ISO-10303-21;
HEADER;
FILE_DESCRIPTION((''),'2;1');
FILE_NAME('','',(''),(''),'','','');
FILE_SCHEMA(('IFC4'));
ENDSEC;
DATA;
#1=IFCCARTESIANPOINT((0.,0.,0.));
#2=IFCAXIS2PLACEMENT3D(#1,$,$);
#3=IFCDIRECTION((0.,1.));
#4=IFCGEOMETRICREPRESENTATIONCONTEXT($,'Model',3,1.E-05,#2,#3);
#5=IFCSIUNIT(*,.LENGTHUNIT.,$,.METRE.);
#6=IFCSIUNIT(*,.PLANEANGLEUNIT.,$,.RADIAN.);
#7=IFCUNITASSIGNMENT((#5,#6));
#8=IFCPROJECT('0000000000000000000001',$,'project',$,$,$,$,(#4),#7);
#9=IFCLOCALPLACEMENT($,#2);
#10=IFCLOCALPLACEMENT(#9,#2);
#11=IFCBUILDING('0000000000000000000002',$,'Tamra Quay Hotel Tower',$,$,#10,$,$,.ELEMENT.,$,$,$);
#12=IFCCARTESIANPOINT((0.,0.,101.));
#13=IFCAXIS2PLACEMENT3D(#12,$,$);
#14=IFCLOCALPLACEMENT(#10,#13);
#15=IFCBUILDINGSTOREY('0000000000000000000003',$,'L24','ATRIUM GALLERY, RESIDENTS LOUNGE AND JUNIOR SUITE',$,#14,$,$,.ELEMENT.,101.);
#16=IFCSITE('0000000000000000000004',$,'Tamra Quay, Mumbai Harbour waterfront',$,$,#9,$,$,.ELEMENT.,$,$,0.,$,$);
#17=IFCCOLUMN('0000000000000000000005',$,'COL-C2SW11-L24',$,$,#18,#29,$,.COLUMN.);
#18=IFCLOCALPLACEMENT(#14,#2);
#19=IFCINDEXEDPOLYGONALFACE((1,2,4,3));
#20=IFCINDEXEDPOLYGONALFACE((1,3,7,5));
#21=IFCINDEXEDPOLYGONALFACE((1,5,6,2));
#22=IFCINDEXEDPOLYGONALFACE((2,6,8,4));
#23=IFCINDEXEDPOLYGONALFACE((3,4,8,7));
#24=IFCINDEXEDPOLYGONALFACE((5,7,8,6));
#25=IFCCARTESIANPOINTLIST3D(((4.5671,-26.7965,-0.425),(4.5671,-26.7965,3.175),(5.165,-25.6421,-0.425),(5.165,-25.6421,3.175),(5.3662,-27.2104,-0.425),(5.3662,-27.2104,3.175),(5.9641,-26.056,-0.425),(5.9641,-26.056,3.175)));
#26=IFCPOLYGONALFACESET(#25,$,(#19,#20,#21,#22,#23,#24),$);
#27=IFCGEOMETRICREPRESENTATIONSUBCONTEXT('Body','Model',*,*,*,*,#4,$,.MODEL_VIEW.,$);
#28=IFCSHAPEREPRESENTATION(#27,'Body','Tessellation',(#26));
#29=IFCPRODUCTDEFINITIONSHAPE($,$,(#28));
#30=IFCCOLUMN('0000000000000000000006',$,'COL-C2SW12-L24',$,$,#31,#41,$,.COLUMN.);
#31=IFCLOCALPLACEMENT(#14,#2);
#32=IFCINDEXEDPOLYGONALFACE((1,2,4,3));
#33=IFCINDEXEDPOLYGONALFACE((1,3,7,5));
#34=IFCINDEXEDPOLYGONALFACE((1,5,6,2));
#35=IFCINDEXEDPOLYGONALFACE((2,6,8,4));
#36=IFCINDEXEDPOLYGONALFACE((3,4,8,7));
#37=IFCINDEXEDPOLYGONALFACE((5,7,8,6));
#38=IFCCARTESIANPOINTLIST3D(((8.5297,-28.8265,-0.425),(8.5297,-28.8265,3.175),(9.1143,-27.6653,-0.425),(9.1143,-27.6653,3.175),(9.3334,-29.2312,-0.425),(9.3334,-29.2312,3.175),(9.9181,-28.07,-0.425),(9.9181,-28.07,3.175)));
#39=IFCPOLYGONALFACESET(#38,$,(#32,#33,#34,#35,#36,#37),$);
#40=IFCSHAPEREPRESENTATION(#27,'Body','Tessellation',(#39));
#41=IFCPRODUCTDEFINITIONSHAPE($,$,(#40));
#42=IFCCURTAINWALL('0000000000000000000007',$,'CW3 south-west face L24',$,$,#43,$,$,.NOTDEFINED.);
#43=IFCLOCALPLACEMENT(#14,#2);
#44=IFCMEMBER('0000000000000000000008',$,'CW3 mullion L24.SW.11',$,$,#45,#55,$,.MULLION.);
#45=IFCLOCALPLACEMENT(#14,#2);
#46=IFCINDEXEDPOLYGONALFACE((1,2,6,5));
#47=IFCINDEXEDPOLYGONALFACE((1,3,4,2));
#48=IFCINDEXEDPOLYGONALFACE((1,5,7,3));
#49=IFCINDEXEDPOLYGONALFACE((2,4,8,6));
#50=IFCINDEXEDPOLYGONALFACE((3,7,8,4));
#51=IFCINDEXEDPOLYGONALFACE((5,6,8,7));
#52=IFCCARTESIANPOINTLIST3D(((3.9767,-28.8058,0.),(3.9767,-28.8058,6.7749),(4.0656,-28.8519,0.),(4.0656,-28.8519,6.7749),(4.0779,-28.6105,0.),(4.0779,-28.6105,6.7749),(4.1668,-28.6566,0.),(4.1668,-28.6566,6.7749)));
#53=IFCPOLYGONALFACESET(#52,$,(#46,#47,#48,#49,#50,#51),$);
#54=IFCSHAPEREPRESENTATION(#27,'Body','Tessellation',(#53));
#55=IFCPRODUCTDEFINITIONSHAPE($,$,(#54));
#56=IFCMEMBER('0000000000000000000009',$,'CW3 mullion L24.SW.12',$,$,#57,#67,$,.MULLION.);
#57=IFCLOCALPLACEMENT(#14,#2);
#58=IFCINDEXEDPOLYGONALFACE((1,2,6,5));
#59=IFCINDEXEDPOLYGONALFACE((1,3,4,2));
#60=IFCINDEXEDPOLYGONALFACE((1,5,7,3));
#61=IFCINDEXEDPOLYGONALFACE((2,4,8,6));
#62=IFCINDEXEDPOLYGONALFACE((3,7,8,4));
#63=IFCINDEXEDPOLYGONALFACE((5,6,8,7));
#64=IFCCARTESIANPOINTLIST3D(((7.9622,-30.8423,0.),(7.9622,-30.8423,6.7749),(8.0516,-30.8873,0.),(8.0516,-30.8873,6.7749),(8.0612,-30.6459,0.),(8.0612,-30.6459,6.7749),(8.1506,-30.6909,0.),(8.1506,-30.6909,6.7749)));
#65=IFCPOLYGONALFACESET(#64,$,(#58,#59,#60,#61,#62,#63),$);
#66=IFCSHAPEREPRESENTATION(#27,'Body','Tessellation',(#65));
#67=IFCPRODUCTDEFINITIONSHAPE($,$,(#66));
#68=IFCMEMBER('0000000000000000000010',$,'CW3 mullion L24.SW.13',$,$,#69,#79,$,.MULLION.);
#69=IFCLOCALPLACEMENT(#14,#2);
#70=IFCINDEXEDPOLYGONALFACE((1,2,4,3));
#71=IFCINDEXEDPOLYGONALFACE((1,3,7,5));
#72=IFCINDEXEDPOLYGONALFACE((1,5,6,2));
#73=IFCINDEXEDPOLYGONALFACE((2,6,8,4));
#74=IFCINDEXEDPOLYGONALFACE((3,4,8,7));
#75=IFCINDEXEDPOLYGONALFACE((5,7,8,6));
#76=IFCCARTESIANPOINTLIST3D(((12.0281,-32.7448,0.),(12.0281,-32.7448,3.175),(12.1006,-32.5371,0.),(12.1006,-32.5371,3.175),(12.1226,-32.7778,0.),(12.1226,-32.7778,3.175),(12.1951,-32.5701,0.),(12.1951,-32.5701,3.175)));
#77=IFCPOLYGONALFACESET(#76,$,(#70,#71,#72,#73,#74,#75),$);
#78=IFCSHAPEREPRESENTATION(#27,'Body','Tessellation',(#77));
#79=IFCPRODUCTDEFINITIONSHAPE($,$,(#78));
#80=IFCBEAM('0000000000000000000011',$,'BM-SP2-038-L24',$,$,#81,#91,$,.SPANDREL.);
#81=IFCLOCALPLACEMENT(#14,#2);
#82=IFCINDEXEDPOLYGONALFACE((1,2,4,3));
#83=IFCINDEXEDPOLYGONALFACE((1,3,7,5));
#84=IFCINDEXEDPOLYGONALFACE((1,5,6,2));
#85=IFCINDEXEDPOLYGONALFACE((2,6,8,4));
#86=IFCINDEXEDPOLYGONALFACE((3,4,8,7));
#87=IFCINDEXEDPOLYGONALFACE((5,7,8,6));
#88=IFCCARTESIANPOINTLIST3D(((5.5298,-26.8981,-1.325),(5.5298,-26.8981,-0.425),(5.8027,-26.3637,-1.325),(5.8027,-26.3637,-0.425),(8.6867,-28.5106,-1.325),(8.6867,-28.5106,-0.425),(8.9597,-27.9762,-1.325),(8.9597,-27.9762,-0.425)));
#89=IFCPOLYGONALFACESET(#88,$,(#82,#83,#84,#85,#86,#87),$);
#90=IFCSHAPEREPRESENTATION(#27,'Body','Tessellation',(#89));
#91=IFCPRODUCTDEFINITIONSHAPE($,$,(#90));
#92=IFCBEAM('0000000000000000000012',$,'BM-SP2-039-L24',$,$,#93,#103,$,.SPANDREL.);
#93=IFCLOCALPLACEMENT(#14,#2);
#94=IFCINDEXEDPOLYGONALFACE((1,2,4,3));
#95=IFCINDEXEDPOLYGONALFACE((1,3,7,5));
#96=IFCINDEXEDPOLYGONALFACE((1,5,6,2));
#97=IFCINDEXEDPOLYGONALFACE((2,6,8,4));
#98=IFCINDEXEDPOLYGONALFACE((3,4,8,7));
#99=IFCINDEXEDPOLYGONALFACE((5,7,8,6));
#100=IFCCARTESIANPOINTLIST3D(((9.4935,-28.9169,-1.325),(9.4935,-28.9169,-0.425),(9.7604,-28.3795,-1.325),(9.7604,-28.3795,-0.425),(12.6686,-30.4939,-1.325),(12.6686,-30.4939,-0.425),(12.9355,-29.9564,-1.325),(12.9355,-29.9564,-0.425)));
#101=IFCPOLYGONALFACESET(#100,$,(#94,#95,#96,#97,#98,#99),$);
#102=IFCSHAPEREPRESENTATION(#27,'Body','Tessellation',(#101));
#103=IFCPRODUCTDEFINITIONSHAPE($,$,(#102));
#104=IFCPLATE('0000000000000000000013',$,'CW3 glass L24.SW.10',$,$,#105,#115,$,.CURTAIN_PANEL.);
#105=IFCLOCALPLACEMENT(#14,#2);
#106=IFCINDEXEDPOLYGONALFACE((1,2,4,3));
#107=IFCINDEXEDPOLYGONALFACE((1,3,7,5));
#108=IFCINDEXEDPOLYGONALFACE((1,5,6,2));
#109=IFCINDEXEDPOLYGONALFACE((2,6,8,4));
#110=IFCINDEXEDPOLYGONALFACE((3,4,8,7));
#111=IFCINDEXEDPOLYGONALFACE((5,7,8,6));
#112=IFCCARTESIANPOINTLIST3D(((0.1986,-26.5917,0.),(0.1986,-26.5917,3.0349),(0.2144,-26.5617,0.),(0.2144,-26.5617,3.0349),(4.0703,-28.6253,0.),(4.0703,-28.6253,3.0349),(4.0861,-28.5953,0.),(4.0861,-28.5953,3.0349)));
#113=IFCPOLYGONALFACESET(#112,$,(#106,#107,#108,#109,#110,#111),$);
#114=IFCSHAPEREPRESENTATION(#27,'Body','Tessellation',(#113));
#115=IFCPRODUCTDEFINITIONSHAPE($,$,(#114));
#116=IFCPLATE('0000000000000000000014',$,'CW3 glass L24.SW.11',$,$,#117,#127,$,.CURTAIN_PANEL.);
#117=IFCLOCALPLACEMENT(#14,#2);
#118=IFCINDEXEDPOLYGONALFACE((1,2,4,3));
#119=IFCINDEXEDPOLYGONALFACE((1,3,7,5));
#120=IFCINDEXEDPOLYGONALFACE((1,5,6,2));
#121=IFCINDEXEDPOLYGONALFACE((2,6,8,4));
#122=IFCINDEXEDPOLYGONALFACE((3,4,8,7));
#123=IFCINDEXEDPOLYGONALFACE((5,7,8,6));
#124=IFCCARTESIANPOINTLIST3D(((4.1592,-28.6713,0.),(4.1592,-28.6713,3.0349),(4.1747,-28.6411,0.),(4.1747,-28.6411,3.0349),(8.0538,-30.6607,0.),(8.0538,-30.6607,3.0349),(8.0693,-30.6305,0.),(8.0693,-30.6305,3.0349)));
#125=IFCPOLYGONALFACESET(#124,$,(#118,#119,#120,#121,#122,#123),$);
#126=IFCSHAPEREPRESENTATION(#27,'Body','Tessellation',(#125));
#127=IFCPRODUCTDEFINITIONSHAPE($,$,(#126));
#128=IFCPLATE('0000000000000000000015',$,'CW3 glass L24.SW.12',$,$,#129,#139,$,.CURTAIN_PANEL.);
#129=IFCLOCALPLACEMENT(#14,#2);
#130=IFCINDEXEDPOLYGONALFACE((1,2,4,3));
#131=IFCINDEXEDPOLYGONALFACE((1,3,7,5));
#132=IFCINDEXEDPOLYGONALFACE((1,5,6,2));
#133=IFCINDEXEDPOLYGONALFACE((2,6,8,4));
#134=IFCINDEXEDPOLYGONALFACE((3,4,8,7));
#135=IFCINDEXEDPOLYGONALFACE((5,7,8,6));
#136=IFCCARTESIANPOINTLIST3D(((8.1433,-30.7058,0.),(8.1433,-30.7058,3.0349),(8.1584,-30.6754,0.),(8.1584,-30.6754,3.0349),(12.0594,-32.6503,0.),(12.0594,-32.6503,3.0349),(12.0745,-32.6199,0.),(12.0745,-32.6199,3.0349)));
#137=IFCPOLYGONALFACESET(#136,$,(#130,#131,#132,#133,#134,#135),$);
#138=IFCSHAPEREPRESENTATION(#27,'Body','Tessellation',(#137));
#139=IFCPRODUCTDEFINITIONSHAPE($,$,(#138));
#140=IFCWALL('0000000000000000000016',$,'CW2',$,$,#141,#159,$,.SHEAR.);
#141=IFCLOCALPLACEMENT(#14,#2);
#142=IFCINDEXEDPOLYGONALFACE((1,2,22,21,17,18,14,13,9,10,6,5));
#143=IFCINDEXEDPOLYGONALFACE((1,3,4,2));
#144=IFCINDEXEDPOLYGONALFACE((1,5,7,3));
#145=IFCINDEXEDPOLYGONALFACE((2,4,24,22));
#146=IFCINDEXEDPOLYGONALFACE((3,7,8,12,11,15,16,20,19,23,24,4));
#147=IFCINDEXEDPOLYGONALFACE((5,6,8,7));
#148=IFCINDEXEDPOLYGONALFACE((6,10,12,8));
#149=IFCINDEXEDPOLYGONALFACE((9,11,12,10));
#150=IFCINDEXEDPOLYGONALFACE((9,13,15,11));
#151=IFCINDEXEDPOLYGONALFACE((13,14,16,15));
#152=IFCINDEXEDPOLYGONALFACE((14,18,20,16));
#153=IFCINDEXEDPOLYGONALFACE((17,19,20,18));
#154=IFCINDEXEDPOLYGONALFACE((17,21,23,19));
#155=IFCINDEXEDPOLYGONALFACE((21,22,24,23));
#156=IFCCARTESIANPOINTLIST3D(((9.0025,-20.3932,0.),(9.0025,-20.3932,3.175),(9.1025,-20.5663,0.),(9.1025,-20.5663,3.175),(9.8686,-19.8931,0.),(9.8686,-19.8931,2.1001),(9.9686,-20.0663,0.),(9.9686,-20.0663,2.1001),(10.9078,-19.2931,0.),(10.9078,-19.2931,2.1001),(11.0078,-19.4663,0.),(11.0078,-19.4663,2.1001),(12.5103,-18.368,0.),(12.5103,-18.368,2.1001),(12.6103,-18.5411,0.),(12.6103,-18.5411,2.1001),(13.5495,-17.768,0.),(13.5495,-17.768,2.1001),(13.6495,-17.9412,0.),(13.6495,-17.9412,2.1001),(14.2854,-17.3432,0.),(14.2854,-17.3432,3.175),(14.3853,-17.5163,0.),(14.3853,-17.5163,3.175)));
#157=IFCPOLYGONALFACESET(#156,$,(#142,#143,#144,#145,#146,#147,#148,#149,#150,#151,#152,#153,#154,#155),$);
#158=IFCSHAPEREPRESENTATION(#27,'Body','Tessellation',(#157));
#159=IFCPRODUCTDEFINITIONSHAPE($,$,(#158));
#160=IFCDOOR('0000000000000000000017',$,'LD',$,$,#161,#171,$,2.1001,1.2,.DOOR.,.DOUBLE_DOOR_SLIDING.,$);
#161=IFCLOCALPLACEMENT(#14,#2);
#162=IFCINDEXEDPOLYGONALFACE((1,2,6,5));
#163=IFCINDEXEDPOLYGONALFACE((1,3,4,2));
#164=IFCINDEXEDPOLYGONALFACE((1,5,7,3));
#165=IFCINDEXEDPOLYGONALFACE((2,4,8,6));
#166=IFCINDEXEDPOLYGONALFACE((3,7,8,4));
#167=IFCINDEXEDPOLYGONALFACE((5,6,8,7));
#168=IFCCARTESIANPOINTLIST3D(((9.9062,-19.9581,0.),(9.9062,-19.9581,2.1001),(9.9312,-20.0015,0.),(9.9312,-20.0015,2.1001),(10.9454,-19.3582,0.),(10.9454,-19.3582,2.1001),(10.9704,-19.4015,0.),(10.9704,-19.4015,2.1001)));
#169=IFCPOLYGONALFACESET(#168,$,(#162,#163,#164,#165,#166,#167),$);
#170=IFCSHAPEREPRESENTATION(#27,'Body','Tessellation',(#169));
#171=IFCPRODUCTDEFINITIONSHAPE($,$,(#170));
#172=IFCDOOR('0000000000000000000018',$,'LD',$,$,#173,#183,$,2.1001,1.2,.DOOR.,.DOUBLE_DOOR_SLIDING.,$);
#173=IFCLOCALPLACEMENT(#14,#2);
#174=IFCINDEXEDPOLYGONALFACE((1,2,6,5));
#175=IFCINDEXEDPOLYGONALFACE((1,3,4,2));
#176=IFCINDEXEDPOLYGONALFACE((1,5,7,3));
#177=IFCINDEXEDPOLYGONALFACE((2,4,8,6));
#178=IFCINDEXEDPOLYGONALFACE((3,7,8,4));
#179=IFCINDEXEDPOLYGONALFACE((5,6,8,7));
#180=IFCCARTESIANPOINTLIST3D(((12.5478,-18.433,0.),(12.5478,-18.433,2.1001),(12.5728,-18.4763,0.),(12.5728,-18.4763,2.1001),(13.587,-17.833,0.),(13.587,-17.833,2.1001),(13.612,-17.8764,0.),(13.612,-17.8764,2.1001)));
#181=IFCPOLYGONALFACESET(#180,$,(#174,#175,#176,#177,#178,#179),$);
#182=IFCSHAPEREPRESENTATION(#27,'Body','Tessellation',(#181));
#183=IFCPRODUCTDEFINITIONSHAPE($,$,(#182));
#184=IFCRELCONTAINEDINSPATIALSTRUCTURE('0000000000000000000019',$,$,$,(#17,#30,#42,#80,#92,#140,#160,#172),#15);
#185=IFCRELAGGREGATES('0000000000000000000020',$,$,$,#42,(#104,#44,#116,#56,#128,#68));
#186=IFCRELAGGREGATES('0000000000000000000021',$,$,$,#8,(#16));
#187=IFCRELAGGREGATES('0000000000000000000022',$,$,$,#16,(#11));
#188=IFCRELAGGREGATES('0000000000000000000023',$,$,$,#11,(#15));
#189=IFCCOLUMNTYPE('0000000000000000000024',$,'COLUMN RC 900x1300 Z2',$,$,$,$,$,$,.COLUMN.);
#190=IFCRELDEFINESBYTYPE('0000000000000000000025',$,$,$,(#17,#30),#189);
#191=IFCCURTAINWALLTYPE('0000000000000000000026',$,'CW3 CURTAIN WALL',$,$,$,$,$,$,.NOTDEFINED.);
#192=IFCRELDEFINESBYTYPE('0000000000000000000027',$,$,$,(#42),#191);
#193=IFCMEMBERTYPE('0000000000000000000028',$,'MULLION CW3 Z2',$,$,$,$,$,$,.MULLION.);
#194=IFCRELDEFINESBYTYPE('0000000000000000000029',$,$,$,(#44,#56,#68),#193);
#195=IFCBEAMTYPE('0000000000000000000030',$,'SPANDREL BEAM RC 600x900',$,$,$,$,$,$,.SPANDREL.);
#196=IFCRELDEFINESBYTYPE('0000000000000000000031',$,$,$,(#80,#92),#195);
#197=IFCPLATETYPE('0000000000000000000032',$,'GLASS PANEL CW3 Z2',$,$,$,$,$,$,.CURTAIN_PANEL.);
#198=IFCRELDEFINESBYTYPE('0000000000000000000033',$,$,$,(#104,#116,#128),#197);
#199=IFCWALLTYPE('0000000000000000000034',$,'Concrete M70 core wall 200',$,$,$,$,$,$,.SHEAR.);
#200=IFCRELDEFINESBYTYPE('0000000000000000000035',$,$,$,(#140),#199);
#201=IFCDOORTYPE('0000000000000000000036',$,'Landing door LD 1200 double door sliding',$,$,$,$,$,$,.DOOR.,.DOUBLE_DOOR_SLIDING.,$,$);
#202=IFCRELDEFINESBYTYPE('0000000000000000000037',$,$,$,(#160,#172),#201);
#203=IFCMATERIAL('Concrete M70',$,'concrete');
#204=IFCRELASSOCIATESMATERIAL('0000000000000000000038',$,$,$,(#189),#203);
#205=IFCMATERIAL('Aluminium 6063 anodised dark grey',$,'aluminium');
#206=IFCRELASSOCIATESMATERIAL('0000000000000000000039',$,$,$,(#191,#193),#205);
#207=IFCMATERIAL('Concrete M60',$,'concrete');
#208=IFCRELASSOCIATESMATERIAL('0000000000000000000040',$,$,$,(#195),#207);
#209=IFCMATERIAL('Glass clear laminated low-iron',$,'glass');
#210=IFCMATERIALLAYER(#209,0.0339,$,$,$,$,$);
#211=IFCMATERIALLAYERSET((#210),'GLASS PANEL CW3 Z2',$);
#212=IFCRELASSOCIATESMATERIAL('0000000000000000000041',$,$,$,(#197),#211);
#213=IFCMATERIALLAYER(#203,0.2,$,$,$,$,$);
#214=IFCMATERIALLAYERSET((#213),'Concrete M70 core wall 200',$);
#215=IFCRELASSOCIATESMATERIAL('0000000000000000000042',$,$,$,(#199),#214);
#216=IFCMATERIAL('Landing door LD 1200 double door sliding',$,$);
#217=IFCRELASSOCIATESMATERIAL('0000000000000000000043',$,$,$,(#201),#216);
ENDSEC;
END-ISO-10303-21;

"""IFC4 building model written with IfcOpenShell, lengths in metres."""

from ifc_helpers import new_model, si_unit, direction, frame, frame_2d, origin, origin_2d, place, context, subcontext, project, spatial, rectangle, extrude, material, layer, layer_set, material_profile, profile_set, type_object, element, fill, aggregate, save


model = new_model("IFC4")

# Units and contexts
model_context = context("Model", 3, precision=1e-05, world=origin(), true_north=direction((0.0, 1.0)))
body_context = subcontext(model_context, "Body", "Model", "MODEL_VIEW")
ifc_project = project(units=[si_unit("LENGTHUNIT", "METRE"), si_unit("PLANEANGLEUNIT", "RADIAN")], contexts=[model_context])

# Site, building, storey
site_placement = place(None, origin())
site = spatial("IfcSite", under=ifc_project, at=site_placement, Name="Tamra Quay, Mumbai Harbour waterfront", CompositionType="ELEMENT", RefElevation=0.0)
building_placement = place(site_placement, origin())
building = spatial("IfcBuilding", under=site, at=building_placement, Name="Tamra Quay Hotel Tower", CompositionType="ELEMENT")
storey_placement = place(building_placement, frame((0.0, 0.0, 101.0)))
storey = spatial("IfcBuildingStorey", under=building, at=storey_placement, Name="L24", Description="ATRIUM GALLERY, RESIDENTS LOUNGE AND JUNIOR SUITE", CompositionType="ELEMENT", Elevation=101.0)

# Columns
ifc_material_1 = material(Name="Concrete M70", Category="concrete")
ifc_material_profile_1 = material_profile(ifc_material_1, rectangle(XDim=1.3, YDim=0.8999, at=origin_2d()), Name="COLUMN RC 900x1300 Z2")
ifc_profile_set_1 = profile_set([ifc_material_profile_1], Name="Concrete M70")
column_type = type_object("IfcColumnType", Name="COLUMN RC 900x1300 Z2", PredefinedType="COLUMN", material=ifc_profile_set_1)
for number, where, z_axis, x_axis, name in (
    (1, (5.2656, -26.4263, -0.425), (0.0, 0.0, 1.0), (0.45989, 0.887976, 0.0), "COL-C2SW11-L24"),
    (2, (9.2239, -28.4482, -0.425), (0.0, 0.0, 1.0), (0.449727, 0.893166, 0.0), "COL-C2SW12-L24"),
):
    element("IfcColumn", number, at=place(storey_placement, frame(where, z_axis=z_axis, x_axis=x_axis)), inside=storey, type_object=column_type, Name=name, PredefinedType="COLUMN", context=body_context, shape_type="SweptSolid", body=[
        extrude(rectangle(XDim=1.3, YDim=0.8999, at=origin_2d()), origin(), (0.0, 0.0, 1.0), 3.6001),
    ])

# Curtain wall, members
ifc_material_2 = material(Name="Aluminium 6063 anodised dark grey", Category="aluminium")
curtain_wall_type = type_object("IfcCurtainWallType", Name="CW3 CURTAIN WALL", PredefinedType="NOTDEFINED", material=ifc_material_2)
curtain_wall_placement = place(storey_placement, origin())
curtain_wall = element("IfcCurtainWall", 3, at=curtain_wall_placement, inside=storey, type_object=curtain_wall_type, Name="CW3 south-west face L24", PredefinedType="NOTDEFINED")
ifc_material_profile_2 = material_profile(ifc_material_2, rectangle(XDim=0.22, YDim=0.1001, at=origin_2d()), Name="MULLION 100X220")
ifc_profile_set_2 = profile_set([ifc_material_profile_2], Name="Aluminium 6063 anodised dark grey")
member_type = type_object("IfcMemberType", Name="MULLION CW3 Z2", PredefinedType="MULLION", material=ifc_profile_set_2)
member_1_placement = place(storey_placement, frame((4.0718, -28.7312, 0.0), z_axis=(0.0, 0.0, 1.0), x_axis=(-0.45996, -0.88794, 0.0)))
member_1 = element("IfcMember", 4, at=member_1_placement, type_object=member_type, Name="CW3 mullion L24.SW.11", PredefinedType="MULLION", context=body_context, shape_type="SweptSolid", body=[
    extrude(rectangle(XDim=0.22, YDim=0.1001, at=origin_2d()), origin(), (0.0, 0.0, 1.0), 6.7749),
])
member_2_placement = place(storey_placement, frame((8.0564, -30.7666, 0.0), z_axis=(0.0, 0.0, 1.0), x_axis=(-0.449827, -0.893116, 0.0)))
member_2 = element("IfcMember", 5, at=member_2_placement, type_object=member_type, Name="CW3 mullion L24.SW.12", PredefinedType="MULLION", context=body_context, shape_type="SweptSolid", body=[
    extrude(rectangle(XDim=0.22, YDim=0.1001, at=origin_2d()), origin(), (0.0, 0.0, 1.0), 6.7749),
])
member_3_placement = place(storey_placement, frame((12.1116, -32.6575, 0.0), z_axis=(0.0, 0.0, 1.0), x_axis=(-0.329532, -0.944144, 0.0)))
member_3 = element("IfcMember", 6, at=member_3_placement, type_object=member_type, Name="CW3 mullion L24.SW.13", PredefinedType="MULLION", context=body_context, shape_type="SweptSolid", body=[
    extrude(rectangle(XDim=0.22, YDim=0.1001, at=origin_2d()), origin(), (0.0, 0.0, 1.0), 3.175),
])

# Beams
ifc_material_3 = material(Name="Concrete M60", Category="concrete")
ifc_material_profile_3 = material_profile(ifc_material_3, rectangle(XDim=0.6001, YDim=0.8999, at=origin_2d()), Name="SPANDREL BEAM RC 600x900")
ifc_profile_set_3 = profile_set([ifc_material_profile_3], Name="Concrete M60")
beam_type = type_object("IfcBeamType", Name="SPANDREL BEAM RC 600x900", PredefinedType="SPANDREL", material=ifc_profile_set_3)
beam_1_placement = place(storey_placement, frame((5.6663, -26.6309, -0.875), z_axis=(0.890551, -0.454883, 0.0), x_axis=(0.454883, 0.890551, 0.0)))
element("IfcBeam", 7, at=beam_1_placement, inside=storey, type_object=beam_type, Name="BM-SP2-038-L24", PredefinedType="SPANDREL", context=body_context, shape_type="SweptSolid", body=[
    extrude(rectangle(XDim=0.6001, YDim=0.8999, at=origin_2d()), origin(), (0.0, 0.0, 1.0), 3.5449),
])
beam_2_placement = place(storey_placement, frame((9.627, -28.6482, -0.875), z_axis=(0.895622, -0.444815, 0.0), x_axis=(0.444815, 0.895622, 0.0)))
element("IfcBeam", 8, at=beam_2_placement, inside=storey, type_object=beam_type, Name="BM-SP2-039-L24", PredefinedType="SPANDREL", context=body_context, shape_type="SweptSolid", body=[
    extrude(rectangle(XDim=0.6001, YDim=0.8999, at=origin_2d()), origin(), (0.0, 0.0, 1.0), 3.5452),
])

# Plates
ifc_material_4 = material(Name="Glass clear laminated low-iron", Category="glass")
ifc_layer_1 = layer(ifc_material_4, 0.0339)
ifc_layer_set_1 = layer_set([ifc_layer_1], Name="GLASS PANEL CW3 Z2")
plate_type = type_object("IfcPlateType", Name="GLASS PANEL CW3 Z2", PredefinedType="CURTAIN_PANEL", material=ifc_layer_set_1)
plate_1_placement = place(storey_placement, frame((2.1423, -27.5935, 0.0), z_axis=(0.0, 0.0, 1.0), x_axis=(0.885306, -0.465009, 0.0)))
plate_1 = element("IfcPlate", 9, at=plate_1_placement, type_object=plate_type, Name="CW3 glass L24.SW.10", PredefinedType="CURTAIN_PANEL", context=body_context, shape_type="SweptSolid", body=[
    extrude(rectangle(XDim=4.3733, YDim=0.0339, at=origin_2d()), origin(), (0.0, 0.0, 1.0), 3.0349),
])
plate_2_placement = place(storey_placement, frame((6.1143, -29.6509, 0.0), z_axis=(0.0, 0.0, 1.0), x_axis=(0.890545, -0.454896, 0.0)))
plate_2 = element("IfcPlate", 10, at=plate_2_placement, type_object=plate_type, Name="CW3 glass L24.SW.11", PredefinedType="CURTAIN_PANEL", context=body_context, shape_type="SweptSolid", body=[
    extrude(rectangle(XDim=4.3733, YDim=0.0339, at=origin_2d()), origin(), (0.0, 0.0, 1.0), 3.0349),
])
plate_3_placement = place(storey_placement, frame((10.1089, -31.6628, 0.0), z_axis=(0.0, 0.0, 1.0), x_axis=(0.895658, -0.444743, 0.0)))
plate_3 = element("IfcPlate", 11, at=plate_3_placement, type_object=plate_type, Name="CW3 glass L24.SW.12", PredefinedType="CURTAIN_PANEL", context=body_context, shape_type="SweptSolid", body=[
    extrude(rectangle(XDim=4.3723, YDim=0.0339, at=origin_2d()), origin(), (0.0, 0.0, 1.0), 3.0349),
])
aggregate(curtain_wall, [plate_1, member_1, plate_2, member_2, plate_3, member_3])

# Wall, openings, doors
ifc_layer_2 = layer(ifc_material_1, 0.2)
ifc_layer_set_2 = layer_set([ifc_layer_2], Name="Concrete M70 core wall 200")
wall_type_1 = type_object("IfcWallType", Name="Concrete M70 core wall 200", PredefinedType="SHEAR", material=ifc_layer_set_2)
wall_1_placement = place(storey_placement, frame((9.0525, -20.4797, 0.0), z_axis=(0.0, 0.0, 1.0), x_axis=(0.86603, 0.499992, 0.0)))
wall_1 = element("IfcWall", 12, at=wall_1_placement, inside=storey, type_object=wall_type_1, Name="CW2", PredefinedType="SHEAR", context=body_context, shape_type="SweptSolid", body=[
    extrude(rectangle(XDim=6.1001, YDim=0.2, at=frame_2d((3.05, 0.0))), origin(), (0.0, 0.0, 1.0), 3.175),
])
opening_1_placement = place(wall_1_placement, frame((1.0, 0.0, 0.0)))
opening_1 = element("IfcOpeningElement", 13, at=opening_1_placement, cuts=wall_1, PredefinedType="OPENING", context=body_context, shape_type="SweptSolid", body=[
    extrude(rectangle(XDim=1.2, YDim=2.1001, at=frame_2d((0.6001, 1.05))), frame((0.0, 0.1099, 0.0), z_axis=(0.0, -1.0, 0.0), x_axis=(1.0, 0.0, 0.0)), (0.0, 0.0, 1.0), 0.22),
])
opening_2_placement = place(wall_1_placement, frame((4.0503, 0.0, 0.0)))
opening_2 = element("IfcOpeningElement", 14, at=opening_2_placement, cuts=wall_1, PredefinedType="OPENING", context=body_context, shape_type="SweptSolid", body=[
    extrude(rectangle(XDim=1.2, YDim=2.1001, at=frame_2d((0.6001, 1.05))), frame((0.0, 0.1099, 0.0), z_axis=(0.0, -1.0, 0.0), x_axis=(1.0, 0.0, 0.0)), (0.0, 0.0, 1.0), 0.22),
])
ifc_material_5 = material(Name="Landing door LD 1200 double door sliding")
door_type_1 = type_object("IfcDoorType", Name="Landing door LD 1200 double door sliding", OperationType="DOUBLE_DOOR_SLIDING", PredefinedType="DOOR", material=ifc_material_5)
door_1_placement = place(opening_1_placement, origin())
door_1 = element("IfcDoor", 15, at=door_1_placement, inside=storey, type_object=door_type_1, Name="LD", OperationType="DOUBLE_DOOR_SLIDING", OverallHeight=2.1001, OverallWidth=1.2, PredefinedType="DOOR", context=body_context, shape_type="SweptSolid", body=[
    extrude(rectangle(XDim=1.2, YDim=2.1001, at=frame_2d((0.6001, 1.05))), frame((0.0, 0.0249, 0.0), z_axis=(0.0, -1.0, 0.0), x_axis=(1.0, 0.0, 0.0)), (0.0, 0.0, 1.0), 0.05),
])
fill(opening_1, door_1)
door_2_placement = place(opening_2_placement, origin())
door_2 = element("IfcDoor", 16, at=door_2_placement, inside=storey, type_object=door_type_1, Name="LD", OperationType="DOUBLE_DOOR_SLIDING", OverallHeight=2.1001, OverallWidth=1.2, PredefinedType="DOOR", context=body_context, shape_type="SweptSolid", body=[
    extrude(rectangle(XDim=1.2, YDim=2.1001, at=frame_2d((0.6001, 1.05))), frame((0.0, 0.0249, 0.0), z_axis=(0.0, -1.0, 0.0), x_axis=(1.0, 0.0, 0.0)), (0.0, 0.0, 1.0), 0.05),
])
fill(opening_2, door_2)

save(model, "model.ifc")
